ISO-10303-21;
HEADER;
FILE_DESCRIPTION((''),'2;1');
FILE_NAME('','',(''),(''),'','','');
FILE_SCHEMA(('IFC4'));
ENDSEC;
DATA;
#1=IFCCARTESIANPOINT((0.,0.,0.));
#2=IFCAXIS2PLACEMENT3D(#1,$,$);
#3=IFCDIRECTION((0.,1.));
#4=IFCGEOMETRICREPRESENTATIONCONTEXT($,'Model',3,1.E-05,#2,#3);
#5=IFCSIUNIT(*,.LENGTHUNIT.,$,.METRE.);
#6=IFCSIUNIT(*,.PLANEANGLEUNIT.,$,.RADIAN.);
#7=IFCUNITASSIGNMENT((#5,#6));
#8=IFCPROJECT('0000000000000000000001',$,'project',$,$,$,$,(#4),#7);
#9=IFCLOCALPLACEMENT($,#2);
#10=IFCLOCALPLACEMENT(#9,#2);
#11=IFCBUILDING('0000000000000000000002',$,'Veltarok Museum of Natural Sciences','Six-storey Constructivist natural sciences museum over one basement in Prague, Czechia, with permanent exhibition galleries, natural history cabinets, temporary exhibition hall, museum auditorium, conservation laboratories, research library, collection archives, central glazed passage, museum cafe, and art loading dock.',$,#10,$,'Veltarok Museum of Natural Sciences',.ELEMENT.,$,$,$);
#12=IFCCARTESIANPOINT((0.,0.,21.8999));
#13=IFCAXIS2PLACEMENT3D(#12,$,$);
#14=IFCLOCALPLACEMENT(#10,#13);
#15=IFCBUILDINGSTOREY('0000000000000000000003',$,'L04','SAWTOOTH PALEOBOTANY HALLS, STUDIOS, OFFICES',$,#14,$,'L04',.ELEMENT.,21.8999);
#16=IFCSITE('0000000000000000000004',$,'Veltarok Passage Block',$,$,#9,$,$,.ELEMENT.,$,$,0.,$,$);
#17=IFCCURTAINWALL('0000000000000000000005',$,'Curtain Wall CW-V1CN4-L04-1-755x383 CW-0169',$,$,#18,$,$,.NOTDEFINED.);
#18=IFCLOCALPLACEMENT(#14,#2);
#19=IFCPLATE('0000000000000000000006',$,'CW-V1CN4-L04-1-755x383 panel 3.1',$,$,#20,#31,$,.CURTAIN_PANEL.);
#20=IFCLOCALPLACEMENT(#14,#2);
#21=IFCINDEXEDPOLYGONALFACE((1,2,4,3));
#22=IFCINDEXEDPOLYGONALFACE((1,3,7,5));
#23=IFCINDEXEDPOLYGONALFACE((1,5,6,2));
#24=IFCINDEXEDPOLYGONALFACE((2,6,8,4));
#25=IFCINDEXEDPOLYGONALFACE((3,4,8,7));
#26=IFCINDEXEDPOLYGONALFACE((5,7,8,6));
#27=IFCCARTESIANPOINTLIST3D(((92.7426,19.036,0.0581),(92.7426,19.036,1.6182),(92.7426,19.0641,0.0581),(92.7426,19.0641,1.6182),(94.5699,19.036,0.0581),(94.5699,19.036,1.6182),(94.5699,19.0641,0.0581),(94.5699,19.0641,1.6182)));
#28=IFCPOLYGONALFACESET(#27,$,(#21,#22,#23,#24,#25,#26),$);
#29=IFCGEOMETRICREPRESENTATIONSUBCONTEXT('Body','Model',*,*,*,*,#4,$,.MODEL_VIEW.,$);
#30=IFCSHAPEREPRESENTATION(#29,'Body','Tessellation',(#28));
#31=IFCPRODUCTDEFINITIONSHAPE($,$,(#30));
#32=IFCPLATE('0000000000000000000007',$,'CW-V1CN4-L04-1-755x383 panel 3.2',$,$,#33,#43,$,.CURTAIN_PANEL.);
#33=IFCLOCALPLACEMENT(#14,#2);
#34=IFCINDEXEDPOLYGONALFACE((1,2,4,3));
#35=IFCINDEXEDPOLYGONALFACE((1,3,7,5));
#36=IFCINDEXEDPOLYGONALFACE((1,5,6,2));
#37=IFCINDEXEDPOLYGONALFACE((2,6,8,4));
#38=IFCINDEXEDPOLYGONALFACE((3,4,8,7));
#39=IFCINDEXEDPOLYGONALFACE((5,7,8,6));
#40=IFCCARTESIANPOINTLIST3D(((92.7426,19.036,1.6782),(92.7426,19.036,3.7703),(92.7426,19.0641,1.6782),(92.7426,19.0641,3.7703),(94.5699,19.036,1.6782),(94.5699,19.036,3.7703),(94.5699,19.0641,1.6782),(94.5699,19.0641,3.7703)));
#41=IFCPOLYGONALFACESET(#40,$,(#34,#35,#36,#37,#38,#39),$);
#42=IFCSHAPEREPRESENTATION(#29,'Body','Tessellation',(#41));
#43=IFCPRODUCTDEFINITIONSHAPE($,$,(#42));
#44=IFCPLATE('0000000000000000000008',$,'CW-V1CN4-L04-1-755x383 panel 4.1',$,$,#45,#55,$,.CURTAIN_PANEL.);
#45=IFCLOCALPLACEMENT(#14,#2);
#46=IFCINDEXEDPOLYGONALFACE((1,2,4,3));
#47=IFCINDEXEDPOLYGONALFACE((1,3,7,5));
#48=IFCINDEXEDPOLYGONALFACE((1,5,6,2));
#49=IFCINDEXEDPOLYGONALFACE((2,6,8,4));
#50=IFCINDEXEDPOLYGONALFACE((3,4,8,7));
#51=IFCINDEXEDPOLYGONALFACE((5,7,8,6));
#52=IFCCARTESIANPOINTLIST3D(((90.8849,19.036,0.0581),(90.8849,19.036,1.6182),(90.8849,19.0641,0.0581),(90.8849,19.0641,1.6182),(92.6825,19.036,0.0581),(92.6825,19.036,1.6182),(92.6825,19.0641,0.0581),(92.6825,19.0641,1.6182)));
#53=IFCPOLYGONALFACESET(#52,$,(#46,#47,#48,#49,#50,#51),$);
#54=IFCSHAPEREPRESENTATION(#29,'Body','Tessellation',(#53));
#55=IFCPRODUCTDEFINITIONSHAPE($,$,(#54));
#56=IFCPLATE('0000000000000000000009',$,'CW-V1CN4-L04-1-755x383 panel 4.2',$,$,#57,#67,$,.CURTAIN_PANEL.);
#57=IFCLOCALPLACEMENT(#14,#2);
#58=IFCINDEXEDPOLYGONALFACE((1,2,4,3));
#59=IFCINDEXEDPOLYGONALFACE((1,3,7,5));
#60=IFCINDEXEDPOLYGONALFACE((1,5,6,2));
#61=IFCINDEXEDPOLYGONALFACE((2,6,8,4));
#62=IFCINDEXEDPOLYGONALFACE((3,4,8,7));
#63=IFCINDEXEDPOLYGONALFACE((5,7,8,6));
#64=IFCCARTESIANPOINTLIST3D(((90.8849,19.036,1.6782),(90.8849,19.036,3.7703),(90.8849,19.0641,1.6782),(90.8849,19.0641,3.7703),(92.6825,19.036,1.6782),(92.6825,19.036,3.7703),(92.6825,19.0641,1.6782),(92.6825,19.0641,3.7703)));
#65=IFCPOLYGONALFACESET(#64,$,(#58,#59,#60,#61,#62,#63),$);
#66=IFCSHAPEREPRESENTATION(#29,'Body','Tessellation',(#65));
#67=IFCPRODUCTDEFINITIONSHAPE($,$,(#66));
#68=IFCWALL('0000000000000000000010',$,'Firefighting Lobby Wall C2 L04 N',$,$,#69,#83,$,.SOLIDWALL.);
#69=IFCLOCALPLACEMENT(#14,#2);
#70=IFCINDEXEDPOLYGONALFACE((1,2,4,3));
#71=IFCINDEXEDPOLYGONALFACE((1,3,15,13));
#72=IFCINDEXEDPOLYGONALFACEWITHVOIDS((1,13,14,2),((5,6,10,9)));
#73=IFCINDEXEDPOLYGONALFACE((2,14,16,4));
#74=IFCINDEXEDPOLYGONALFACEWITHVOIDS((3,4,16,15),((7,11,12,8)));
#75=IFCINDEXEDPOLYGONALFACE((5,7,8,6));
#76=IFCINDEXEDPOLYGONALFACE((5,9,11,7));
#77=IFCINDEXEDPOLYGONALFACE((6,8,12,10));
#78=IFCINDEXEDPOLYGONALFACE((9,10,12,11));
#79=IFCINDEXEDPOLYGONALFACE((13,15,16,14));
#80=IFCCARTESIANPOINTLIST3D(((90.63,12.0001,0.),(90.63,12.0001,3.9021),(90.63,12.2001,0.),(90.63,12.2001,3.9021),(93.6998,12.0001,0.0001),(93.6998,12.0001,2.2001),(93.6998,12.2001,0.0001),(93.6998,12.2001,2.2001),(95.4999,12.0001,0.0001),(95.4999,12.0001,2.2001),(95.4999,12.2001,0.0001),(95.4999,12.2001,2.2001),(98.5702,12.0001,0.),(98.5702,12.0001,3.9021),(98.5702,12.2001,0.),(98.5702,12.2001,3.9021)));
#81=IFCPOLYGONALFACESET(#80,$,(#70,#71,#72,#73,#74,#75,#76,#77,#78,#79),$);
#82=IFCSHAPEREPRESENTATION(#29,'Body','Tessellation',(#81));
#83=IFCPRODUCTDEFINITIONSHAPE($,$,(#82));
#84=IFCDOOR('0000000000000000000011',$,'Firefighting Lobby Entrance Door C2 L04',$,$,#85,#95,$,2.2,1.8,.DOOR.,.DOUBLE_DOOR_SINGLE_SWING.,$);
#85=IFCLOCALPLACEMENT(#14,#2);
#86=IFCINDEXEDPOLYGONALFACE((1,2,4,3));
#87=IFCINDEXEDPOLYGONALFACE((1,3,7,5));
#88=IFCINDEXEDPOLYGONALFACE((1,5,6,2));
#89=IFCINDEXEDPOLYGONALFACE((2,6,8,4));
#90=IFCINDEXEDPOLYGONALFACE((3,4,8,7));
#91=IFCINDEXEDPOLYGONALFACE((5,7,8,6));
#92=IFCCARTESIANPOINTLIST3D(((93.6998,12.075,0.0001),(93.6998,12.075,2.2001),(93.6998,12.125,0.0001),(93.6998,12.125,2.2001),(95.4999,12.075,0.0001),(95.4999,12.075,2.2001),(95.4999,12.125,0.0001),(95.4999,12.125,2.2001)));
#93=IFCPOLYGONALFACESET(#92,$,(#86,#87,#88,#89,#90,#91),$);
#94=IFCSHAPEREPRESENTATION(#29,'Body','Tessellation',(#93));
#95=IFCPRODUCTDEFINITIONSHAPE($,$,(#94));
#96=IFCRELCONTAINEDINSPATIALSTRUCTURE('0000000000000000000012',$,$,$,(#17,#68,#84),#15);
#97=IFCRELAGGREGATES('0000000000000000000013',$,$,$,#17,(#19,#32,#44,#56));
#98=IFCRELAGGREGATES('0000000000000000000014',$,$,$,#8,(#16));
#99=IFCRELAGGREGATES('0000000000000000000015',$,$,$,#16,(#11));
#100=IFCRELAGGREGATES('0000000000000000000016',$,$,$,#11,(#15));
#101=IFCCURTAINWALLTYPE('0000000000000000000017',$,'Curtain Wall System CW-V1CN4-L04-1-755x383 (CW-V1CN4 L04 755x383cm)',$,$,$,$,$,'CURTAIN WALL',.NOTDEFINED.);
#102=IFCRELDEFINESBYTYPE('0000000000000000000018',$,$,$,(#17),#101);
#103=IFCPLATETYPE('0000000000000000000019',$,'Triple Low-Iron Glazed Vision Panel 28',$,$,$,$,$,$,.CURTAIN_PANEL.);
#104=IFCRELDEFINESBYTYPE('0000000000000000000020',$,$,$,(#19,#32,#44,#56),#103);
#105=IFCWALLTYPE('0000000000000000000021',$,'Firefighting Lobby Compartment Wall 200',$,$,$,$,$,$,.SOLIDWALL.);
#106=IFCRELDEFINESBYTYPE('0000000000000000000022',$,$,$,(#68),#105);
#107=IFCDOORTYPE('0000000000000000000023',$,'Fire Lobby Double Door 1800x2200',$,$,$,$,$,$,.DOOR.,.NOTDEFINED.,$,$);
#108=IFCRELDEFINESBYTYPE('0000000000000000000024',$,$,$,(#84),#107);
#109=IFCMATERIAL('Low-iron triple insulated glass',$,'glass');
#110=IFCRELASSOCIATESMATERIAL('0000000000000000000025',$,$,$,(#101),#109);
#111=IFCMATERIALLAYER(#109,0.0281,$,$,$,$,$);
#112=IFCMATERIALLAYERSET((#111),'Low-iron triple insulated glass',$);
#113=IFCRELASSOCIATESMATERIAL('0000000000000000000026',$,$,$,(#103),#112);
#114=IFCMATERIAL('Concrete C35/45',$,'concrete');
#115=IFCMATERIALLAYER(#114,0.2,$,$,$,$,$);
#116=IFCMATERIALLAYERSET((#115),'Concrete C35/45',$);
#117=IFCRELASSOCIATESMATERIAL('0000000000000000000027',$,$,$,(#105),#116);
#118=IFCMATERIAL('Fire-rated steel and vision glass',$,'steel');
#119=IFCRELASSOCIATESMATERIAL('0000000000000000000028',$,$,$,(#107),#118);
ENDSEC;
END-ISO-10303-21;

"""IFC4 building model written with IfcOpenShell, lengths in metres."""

from ifc_helpers import new_model, si_unit, direction, frame, frame_2d, origin, origin_2d, place, context, subcontext, project, spatial, rectangle, extrude, material, layer, layer_set, type_object, element, fill, aggregate, save


model = new_model("IFC4")

# Units and contexts
model_context = context("Model", 3, precision=1e-05, world=origin(), true_north=direction((0.0, 1.0)))
body_context = subcontext(model_context, "Body", "Model", "MODEL_VIEW")
ifc_project = project(units=[si_unit("LENGTHUNIT", "METRE"), si_unit("PLANEANGLEUNIT", "RADIAN")], contexts=[model_context])

# Site, building, storey
site_placement = place(None, origin())
site = spatial("IfcSite", under=ifc_project, at=site_placement, Name="Veltarok Passage Block", CompositionType="ELEMENT", RefElevation=0.0)
building_placement = place(site_placement, origin())
building = spatial("IfcBuilding", under=site, at=building_placement, Name="Veltarok Museum of Natural Sciences", Description="Six-storey Constructivist natural sciences museum over one basement in Prague, Czechia, with permanent exhibition galleries, natural history cabinets, temporary exhibition hall, museum auditorium, conservation laboratories, research library, collection archives, central glazed passage, museum cafe, and art loading dock.", LongName="Veltarok Museum of Natural Sciences", CompositionType="ELEMENT")
storey_placement = place(building_placement, frame((0.0, 0.0, 21.8999)))
storey = spatial("IfcBuildingStorey", under=building, at=storey_placement, Name="L04", Description="SAWTOOTH PALEOBOTANY HALLS, STUDIOS, OFFICES", LongName="L04", CompositionType="ELEMENT", Elevation=21.8999)

# Curtain wall
ifc_material_1 = material(Name="Low-iron triple insulated glass", Category="glass")
curtain_wall_type_1 = type_object("IfcCurtainWallType", Name="Curtain Wall System CW-V1CN4-L04-1-755x383 (CW-V1CN4 L04 755x383cm)", ElementType="CURTAIN WALL", PredefinedType="NOTDEFINED", material=ifc_material_1)
curtain_wall_1_placement = place(storey_placement, origin())
curtain_wall_1 = element("IfcCurtainWall", 1, at=curtain_wall_1_placement, inside=storey, type_object=curtain_wall_type_1, Name="Curtain Wall CW-V1CN4-L04-1-755x383 CW-0169", PredefinedType="NOTDEFINED")

# Plates
ifc_layer_1 = layer(ifc_material_1, 0.0281)
ifc_layer_set_1 = layer_set([ifc_layer_1], Name="Low-iron triple insulated glass")
plate_type = type_object("IfcPlateType", Name="Triple Low-Iron Glazed Vision Panel 28", PredefinedType="CURTAIN_PANEL", material=ifc_layer_set_1)
plate_1_placement = place(storey_placement, frame((93.6562, 19.05, 0.0581), z_axis=(0.0, 0.0, 1.0), x_axis=(-1.0, 0.0, 0.0)))
plate_1 = element("IfcPlate", 2, at=plate_1_placement, type_object=plate_type, Name="CW-V1CN4-L04-1-755x383 panel 3.1", PredefinedType="CURTAIN_PANEL", context=body_context, shape_type="SweptSolid", body=[
    extrude(rectangle(XDim=1.8274, YDim=0.0281, at=origin_2d()), origin(), (0.0, 0.0, 1.0), 1.5601),
])
plate_2_placement = place(storey_placement, frame((93.6562, 19.05, 1.6782), z_axis=(0.0, 0.0, 1.0), x_axis=(-1.0, 0.0, 0.0)))
plate_2 = element("IfcPlate", 3, at=plate_2_placement, type_object=plate_type, Name="CW-V1CN4-L04-1-755x383 panel 3.2", PredefinedType="CURTAIN_PANEL", context=body_context, shape_type="SweptSolid", body=[
    extrude(rectangle(XDim=1.8274, YDim=0.0281, at=origin_2d()), origin(), (0.0, 0.0, 1.0), 2.092),
])
plate_3_placement = place(storey_placement, frame((91.7837, 19.05, 0.0581), z_axis=(0.0, 0.0, 1.0), x_axis=(-1.0, 0.0, 0.0)))
plate_3 = element("IfcPlate", 4, at=plate_3_placement, type_object=plate_type, Name="CW-V1CN4-L04-1-755x383 panel 4.1", PredefinedType="CURTAIN_PANEL", context=body_context, shape_type="SweptSolid", body=[
    extrude(rectangle(XDim=1.7976, YDim=0.0281, at=origin_2d()), origin(), (0.0, 0.0, 1.0), 1.5601),
])
plate_4_placement = place(storey_placement, frame((91.7837, 19.05, 1.6782), z_axis=(0.0, 0.0, 1.0), x_axis=(-1.0, 0.0, 0.0)))
plate_4 = element("IfcPlate", 5, at=plate_4_placement, type_object=plate_type, Name="CW-V1CN4-L04-1-755x383 panel 4.2", PredefinedType="CURTAIN_PANEL", context=body_context, shape_type="SweptSolid", body=[
    extrude(rectangle(XDim=1.7976, YDim=0.0281, at=origin_2d()), origin(), (0.0, 0.0, 1.0), 2.092),
])
aggregate(curtain_wall_1, [plate_1, plate_2, plate_3, plate_4])

# Wall, opening, door
ifc_material_2 = material(Name="Concrete C35/45", Category="concrete")
ifc_layer_2 = layer(ifc_material_2, 0.2)
ifc_layer_set_2 = layer_set([ifc_layer_2], Name="Concrete C35/45")
wall_type = type_object("IfcWallType", Name="Firefighting Lobby Compartment Wall 200", PredefinedType="SOLIDWALL", material=ifc_layer_set_2)
wall_placement = place(storey_placement, frame((90.6299, 12.1001, 0.0), z_axis=(0.0, 0.0, 1.0), x_axis=(1.0, 0.0, 0.0)))
wall = element("IfcWall", 6, at=wall_placement, inside=storey, type_object=wall_type, Name="Firefighting Lobby Wall C2 L04 N", PredefinedType="SOLIDWALL", context=body_context, shape_type="SweptSolid", body=[
    extrude(rectangle(XDim=7.9402, YDim=0.2, at=frame_2d((3.9702, 0.0))), origin(), (0.0, 0.0, 1.0), 3.9021),
])
opening_placement = place(wall_placement, frame((3.0701, 0.0, 0.0)))
opening = element("IfcOpeningElement", 7, at=opening_placement, cuts=wall, PredefinedType="OPENING", context=body_context, shape_type="SweptSolid", body=[
    extrude(rectangle(XDim=1.8, YDim=2.2, at=frame_2d((0.8999, 1.1001))), frame((0.0, 0.1099, 0.0), z_axis=(0.0, -1.0, 0.0), x_axis=(1.0, 0.0, 0.0)), (0.0, 0.0, 1.0), 0.22),
])
ifc_material_3 = material(Name="Fire-rated steel and vision glass", Category="steel")
door_type = type_object("IfcDoorType", Name="Fire Lobby Double Door 1800x2200", OperationType="NOTDEFINED", PredefinedType="DOOR", material=ifc_material_3)
door_placement = place(opening_placement, origin())
door = element("IfcDoor", 8, at=door_placement, inside=storey, type_object=door_type, Name="Firefighting Lobby Entrance Door C2 L04", OperationType="DOUBLE_DOOR_SINGLE_SWING", OverallHeight=2.2, OverallWidth=1.8, PredefinedType="DOOR", context=body_context, shape_type="SweptSolid", body=[
    extrude(rectangle(XDim=1.8, YDim=2.2, at=frame_2d((0.8999, 1.1001))), frame((0.0, 0.0249, 0.0), z_axis=(0.0, -1.0, 0.0), x_axis=(1.0, 0.0, 0.0)), (0.0, 0.0, 1.0), 0.05),
])
fill(opening, door)

save(model, "model.ifc")
